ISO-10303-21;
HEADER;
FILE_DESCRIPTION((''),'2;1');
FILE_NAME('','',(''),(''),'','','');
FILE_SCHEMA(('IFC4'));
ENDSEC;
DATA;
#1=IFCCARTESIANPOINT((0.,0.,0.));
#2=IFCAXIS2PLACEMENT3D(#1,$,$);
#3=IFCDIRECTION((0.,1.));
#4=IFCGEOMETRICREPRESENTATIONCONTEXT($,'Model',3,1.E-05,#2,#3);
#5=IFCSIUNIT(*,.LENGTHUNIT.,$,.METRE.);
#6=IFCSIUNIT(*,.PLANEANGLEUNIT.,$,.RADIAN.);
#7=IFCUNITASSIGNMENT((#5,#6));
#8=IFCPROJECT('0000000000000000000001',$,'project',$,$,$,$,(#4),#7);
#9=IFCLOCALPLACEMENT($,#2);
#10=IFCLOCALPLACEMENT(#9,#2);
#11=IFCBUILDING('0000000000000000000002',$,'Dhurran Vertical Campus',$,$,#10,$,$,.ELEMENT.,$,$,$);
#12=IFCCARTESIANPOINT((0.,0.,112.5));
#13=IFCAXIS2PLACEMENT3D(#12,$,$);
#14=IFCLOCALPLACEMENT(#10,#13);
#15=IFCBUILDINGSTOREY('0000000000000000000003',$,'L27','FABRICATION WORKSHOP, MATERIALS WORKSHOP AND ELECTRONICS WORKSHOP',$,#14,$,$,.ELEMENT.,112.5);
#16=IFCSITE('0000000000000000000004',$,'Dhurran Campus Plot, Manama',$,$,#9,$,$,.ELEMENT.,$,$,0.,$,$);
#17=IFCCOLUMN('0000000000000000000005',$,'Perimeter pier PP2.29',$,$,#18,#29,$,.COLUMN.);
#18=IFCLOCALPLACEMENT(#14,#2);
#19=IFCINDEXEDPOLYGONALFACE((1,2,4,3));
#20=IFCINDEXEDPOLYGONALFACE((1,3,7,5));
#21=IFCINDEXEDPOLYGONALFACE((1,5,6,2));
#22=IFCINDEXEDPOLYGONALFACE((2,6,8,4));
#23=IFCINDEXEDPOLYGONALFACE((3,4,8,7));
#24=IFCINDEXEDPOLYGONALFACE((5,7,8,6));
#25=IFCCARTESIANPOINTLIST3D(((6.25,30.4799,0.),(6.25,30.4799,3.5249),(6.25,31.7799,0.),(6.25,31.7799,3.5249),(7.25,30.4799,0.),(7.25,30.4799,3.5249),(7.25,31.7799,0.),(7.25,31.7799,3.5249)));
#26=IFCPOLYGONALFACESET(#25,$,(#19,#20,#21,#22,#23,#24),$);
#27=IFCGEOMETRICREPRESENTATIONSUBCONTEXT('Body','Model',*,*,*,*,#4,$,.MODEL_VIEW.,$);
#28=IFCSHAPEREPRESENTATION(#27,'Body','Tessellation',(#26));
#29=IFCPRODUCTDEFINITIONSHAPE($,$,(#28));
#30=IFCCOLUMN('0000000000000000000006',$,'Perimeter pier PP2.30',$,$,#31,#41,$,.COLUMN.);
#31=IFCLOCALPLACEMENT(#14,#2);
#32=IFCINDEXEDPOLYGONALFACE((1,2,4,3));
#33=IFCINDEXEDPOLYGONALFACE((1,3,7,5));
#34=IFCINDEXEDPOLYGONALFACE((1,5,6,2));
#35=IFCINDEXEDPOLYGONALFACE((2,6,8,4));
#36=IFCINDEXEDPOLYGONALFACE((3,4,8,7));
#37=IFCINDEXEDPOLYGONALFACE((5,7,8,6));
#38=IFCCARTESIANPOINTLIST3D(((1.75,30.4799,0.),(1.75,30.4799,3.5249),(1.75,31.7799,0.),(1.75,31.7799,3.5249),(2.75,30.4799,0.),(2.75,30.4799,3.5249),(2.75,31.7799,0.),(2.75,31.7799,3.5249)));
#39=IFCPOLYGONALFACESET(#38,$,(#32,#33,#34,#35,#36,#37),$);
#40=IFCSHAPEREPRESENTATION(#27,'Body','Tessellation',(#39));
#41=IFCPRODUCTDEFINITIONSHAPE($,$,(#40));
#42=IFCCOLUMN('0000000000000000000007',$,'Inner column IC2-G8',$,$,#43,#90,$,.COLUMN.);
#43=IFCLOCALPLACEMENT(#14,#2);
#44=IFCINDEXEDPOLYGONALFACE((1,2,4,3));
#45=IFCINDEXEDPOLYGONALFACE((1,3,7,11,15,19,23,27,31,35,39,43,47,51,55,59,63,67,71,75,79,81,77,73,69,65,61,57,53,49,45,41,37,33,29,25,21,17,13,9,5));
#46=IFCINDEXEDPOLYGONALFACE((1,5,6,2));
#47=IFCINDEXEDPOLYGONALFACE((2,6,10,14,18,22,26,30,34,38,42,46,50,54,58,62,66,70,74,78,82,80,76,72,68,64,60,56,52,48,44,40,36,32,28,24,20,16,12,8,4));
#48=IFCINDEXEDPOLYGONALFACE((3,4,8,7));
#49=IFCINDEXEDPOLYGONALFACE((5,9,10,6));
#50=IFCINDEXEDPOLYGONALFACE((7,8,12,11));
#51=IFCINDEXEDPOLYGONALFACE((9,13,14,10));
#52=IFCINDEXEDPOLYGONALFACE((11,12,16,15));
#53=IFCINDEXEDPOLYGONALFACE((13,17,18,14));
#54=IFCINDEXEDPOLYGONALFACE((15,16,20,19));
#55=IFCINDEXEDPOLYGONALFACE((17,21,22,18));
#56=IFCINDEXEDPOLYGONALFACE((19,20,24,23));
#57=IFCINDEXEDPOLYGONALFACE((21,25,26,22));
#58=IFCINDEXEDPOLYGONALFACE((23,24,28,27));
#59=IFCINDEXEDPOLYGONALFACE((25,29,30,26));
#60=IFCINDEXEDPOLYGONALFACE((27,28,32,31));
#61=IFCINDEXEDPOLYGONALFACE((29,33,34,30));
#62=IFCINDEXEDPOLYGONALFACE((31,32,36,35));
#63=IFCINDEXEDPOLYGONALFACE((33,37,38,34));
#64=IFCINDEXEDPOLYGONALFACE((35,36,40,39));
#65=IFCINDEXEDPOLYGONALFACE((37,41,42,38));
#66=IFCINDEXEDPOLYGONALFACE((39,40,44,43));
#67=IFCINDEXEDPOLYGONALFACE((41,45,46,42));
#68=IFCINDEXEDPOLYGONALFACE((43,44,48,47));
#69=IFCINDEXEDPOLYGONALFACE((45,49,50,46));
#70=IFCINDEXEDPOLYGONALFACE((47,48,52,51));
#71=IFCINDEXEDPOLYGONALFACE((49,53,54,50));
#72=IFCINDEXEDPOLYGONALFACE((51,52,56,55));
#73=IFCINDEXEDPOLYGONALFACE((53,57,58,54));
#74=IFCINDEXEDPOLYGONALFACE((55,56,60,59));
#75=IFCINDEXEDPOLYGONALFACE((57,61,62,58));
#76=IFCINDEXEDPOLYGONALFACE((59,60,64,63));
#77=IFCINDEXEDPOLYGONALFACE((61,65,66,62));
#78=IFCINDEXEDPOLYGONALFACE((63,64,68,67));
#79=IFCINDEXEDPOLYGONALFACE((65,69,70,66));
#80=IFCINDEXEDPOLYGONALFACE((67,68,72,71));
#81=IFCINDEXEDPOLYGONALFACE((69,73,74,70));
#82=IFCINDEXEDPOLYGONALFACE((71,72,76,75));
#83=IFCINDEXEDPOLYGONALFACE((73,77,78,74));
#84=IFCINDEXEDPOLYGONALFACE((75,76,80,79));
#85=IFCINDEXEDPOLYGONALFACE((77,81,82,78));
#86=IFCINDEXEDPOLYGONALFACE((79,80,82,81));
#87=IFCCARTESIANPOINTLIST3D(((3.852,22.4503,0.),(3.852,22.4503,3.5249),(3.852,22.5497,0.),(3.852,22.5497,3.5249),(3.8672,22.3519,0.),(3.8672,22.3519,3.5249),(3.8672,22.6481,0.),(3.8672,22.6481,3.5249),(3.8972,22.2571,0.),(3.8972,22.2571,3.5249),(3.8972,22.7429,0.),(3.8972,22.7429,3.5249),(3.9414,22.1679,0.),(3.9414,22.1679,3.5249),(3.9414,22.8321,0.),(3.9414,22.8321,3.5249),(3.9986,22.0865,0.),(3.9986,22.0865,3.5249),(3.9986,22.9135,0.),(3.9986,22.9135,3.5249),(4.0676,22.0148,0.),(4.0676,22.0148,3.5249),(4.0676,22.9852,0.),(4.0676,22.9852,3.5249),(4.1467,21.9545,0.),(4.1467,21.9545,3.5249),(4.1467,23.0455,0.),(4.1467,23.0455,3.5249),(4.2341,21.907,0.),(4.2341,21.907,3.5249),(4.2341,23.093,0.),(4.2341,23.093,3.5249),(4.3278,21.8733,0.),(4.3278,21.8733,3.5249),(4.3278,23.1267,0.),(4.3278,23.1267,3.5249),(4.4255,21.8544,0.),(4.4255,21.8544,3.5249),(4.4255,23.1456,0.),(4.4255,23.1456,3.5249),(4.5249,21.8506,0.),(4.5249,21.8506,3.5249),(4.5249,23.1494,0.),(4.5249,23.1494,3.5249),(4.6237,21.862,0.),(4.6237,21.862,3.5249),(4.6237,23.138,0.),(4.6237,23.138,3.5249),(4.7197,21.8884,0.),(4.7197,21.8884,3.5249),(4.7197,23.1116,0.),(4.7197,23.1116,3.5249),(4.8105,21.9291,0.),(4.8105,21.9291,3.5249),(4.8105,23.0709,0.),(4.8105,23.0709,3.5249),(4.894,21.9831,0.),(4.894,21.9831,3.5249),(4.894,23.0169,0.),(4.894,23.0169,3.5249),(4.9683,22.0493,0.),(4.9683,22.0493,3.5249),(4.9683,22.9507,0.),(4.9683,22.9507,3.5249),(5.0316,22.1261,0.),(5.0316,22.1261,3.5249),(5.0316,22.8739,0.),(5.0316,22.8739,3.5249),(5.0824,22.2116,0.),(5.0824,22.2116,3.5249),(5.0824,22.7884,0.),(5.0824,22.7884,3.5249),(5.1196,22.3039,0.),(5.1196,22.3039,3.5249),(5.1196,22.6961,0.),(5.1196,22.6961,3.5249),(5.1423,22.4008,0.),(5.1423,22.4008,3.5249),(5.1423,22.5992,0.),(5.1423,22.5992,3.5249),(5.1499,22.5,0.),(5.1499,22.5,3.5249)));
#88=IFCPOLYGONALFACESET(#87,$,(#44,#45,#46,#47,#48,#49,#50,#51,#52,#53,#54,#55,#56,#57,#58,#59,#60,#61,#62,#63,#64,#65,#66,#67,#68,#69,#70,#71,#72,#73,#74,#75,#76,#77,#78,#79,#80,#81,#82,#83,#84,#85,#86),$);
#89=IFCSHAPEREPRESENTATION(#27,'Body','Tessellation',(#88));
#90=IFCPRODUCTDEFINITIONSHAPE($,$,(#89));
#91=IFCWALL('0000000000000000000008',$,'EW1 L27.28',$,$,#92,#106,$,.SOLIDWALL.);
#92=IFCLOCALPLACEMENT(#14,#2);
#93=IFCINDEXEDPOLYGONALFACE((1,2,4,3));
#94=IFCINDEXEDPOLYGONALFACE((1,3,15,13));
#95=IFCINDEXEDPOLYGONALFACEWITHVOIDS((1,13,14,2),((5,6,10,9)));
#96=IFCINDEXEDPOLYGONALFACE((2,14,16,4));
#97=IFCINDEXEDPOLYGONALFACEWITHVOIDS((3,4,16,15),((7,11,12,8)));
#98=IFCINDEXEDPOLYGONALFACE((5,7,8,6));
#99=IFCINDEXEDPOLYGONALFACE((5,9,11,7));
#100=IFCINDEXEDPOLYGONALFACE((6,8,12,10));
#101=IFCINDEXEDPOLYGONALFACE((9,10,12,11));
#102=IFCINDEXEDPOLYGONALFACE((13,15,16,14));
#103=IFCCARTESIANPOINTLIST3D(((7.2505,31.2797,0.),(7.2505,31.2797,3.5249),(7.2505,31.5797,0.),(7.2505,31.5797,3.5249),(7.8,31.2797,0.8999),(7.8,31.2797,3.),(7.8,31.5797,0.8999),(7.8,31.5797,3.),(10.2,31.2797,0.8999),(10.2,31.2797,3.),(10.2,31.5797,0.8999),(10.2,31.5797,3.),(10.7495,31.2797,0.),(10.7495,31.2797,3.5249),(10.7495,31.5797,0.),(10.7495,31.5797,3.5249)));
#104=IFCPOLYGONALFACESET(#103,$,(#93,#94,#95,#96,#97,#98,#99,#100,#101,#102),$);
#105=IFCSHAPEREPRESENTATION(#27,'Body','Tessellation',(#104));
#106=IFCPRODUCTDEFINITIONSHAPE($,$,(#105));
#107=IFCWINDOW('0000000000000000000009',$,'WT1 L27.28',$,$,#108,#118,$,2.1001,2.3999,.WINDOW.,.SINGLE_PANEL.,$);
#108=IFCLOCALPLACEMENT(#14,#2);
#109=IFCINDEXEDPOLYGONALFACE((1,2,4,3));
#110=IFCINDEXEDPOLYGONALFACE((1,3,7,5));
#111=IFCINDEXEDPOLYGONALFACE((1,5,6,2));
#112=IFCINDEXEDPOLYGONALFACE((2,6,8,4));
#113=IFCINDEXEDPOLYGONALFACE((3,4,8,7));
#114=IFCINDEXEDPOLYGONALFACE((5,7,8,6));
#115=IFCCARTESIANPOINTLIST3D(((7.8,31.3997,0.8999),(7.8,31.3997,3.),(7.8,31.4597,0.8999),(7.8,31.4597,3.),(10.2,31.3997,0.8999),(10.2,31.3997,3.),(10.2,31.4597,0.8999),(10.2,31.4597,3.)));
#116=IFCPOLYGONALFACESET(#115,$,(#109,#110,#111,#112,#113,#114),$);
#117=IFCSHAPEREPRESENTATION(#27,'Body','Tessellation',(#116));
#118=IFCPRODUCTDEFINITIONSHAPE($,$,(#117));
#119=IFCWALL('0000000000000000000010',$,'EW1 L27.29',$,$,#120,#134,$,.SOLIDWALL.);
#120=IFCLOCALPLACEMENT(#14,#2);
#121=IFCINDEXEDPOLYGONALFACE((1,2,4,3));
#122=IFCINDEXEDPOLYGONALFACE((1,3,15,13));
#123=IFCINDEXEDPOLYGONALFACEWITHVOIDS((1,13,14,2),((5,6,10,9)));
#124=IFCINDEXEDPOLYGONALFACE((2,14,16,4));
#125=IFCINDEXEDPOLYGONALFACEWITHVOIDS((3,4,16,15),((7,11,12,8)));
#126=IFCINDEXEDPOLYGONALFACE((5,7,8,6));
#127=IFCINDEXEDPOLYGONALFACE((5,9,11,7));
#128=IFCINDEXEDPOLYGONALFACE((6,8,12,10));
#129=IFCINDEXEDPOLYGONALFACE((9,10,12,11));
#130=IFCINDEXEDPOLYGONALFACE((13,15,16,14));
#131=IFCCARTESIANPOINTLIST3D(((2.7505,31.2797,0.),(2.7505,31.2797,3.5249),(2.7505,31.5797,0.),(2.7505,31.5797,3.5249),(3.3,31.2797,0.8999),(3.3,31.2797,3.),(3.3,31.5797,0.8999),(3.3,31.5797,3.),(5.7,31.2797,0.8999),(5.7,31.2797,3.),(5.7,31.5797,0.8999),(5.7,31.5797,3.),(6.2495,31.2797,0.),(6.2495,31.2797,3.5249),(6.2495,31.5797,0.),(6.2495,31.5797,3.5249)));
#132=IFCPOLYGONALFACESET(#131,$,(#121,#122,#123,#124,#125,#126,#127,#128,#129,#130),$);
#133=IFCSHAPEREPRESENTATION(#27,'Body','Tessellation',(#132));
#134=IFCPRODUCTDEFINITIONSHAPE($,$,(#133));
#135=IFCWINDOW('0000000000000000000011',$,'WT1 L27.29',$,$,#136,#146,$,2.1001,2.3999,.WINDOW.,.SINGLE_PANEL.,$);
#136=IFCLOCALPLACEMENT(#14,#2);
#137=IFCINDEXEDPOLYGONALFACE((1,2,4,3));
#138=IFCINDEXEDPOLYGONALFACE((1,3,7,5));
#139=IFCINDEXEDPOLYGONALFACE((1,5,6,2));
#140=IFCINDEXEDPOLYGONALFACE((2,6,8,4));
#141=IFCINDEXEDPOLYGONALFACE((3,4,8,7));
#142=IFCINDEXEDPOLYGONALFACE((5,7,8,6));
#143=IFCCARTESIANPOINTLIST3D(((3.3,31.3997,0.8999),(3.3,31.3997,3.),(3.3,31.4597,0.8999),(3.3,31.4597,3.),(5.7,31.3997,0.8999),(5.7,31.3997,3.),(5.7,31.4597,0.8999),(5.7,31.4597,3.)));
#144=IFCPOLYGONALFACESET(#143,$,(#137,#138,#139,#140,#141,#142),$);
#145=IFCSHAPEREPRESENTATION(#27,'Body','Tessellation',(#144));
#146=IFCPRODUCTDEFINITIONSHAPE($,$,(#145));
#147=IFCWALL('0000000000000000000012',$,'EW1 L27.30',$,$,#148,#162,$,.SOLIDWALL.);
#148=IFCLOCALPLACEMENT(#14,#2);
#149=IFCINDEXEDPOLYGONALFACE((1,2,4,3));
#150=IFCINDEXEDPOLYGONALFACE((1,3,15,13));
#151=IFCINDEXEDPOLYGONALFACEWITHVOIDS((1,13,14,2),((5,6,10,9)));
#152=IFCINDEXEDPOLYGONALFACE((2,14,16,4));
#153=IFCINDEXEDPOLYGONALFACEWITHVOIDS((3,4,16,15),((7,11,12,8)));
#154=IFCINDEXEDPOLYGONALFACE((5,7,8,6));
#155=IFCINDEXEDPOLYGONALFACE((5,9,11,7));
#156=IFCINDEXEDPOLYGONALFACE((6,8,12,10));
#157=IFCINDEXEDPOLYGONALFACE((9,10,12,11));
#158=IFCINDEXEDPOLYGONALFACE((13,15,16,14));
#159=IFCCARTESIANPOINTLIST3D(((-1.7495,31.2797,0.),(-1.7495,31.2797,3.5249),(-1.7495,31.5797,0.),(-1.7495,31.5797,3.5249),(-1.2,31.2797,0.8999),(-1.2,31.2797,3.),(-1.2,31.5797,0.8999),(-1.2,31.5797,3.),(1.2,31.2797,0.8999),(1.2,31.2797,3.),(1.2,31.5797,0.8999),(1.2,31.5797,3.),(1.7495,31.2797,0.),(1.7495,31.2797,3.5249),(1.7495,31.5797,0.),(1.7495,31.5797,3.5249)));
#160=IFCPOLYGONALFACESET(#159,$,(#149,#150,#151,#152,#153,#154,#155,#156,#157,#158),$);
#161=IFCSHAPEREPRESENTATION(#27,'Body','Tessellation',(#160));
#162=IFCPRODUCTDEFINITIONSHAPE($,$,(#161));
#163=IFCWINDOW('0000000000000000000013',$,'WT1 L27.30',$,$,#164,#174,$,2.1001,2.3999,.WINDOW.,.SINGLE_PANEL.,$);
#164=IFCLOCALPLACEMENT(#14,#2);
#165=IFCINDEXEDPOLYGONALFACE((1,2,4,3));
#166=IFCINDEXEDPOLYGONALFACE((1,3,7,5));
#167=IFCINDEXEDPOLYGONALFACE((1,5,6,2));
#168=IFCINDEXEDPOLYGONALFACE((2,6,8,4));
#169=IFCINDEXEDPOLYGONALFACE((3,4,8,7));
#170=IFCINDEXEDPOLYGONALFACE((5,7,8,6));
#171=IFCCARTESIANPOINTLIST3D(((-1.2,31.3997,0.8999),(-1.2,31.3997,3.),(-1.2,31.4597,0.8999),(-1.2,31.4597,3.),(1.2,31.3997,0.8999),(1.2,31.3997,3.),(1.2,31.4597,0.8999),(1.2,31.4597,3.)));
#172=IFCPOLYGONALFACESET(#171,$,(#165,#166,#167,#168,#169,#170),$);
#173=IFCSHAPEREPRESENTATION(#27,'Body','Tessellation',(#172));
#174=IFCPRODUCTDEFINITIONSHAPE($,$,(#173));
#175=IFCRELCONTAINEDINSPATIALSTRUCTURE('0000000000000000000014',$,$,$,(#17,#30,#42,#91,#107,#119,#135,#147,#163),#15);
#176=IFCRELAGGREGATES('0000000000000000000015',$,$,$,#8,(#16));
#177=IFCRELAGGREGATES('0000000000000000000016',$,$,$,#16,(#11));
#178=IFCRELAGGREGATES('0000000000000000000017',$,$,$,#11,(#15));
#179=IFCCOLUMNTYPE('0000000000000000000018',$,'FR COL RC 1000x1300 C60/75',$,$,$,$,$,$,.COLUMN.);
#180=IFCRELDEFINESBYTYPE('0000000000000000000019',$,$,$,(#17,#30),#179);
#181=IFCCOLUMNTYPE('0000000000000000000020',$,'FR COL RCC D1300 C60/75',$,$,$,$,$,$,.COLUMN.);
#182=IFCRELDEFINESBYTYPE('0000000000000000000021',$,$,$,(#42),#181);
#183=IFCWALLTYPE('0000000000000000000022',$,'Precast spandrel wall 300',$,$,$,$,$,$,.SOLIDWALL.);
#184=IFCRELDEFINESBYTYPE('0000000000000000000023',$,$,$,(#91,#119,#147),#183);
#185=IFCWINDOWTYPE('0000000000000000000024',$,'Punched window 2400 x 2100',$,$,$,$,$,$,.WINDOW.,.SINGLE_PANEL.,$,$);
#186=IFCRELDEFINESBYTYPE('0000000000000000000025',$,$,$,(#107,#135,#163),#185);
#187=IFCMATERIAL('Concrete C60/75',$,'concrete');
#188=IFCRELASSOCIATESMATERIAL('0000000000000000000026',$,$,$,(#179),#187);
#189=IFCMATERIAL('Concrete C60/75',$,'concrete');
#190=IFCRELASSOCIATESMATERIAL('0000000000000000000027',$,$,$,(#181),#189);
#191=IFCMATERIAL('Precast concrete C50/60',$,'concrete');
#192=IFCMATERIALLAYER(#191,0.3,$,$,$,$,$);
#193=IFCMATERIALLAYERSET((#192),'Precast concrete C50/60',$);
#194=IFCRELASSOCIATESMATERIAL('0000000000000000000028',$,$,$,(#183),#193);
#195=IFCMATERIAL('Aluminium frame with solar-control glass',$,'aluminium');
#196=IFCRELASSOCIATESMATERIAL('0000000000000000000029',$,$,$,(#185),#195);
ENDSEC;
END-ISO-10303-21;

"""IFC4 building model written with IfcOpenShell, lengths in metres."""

from ifc_helpers import new_model, si_unit, direction, frame, frame_2d, origin, origin_2d, place, context, subcontext, project, spatial, rectangle, circle, extrude, material, layer, layer_set, material_profile, profile_set, type_object, element, fill, save


model = new_model("IFC4")

# Units and contexts
model_context = context("Model", 3, precision=1e-05, world=origin(), true_north=direction((0.0, 1.0)))
body_context = subcontext(model_context, "Body", "Model", "MODEL_VIEW")
ifc_project = project(units=[si_unit("LENGTHUNIT", "METRE"), si_unit("PLANEANGLEUNIT", "RADIAN")], contexts=[model_context])

# Site, building, storey
site_placement = place(None, origin())
site = spatial("IfcSite", under=ifc_project, at=site_placement, Name="Dhurran Campus Plot, Manama", CompositionType="ELEMENT", RefElevation=0.0)
building_placement = place(site_placement, origin())
building = spatial("IfcBuilding", under=site, at=building_placement, Name="Dhurran Vertical Campus", CompositionType="ELEMENT")
storey_placement = place(building_placement, frame((0.0, 0.0, 112.5)))
storey = spatial("IfcBuildingStorey", under=building, at=storey_placement, Name="L27", Description="FABRICATION WORKSHOP, MATERIALS WORKSHOP AND ELECTRONICS WORKSHOP", CompositionType="ELEMENT", Elevation=112.5)

# Columns
ifc_material_1 = material(Name="Concrete C60/75", Category="concrete")
ifc_material_profile_1 = material_profile(ifc_material_1, rectangle(XDim=1.0, YDim=1.3, at=origin_2d()), Name="RC 1000x1300")
ifc_profile_set_1 = profile_set([ifc_material_profile_1], Name="Concrete C60/75")
column_type_1 = type_object("IfcColumnType", Name="FR COL RC 1000x1300 C60/75", PredefinedType="COLUMN", material=ifc_profile_set_1)
for number, where, z_axis, x_axis, name in (
    (1, (6.75, 31.1299, 0.0), (0.0, 0.0, 1.0), (-1.0, 0.0, 0.0), "Perimeter pier PP2.29"),
    (2, (2.25, 31.1299, 0.0), (0.0, 0.0, 1.0), (-1.0, 0.0, 0.0), "Perimeter pier PP2.30"),
):
    element("IfcColumn", number, at=place(storey_placement, frame(where, z_axis=z_axis, x_axis=x_axis)), inside=storey, type_object=column_type_1, Name=name, PredefinedType="COLUMN", context=body_context, shape_type="SweptSolid", body=[
        extrude(rectangle(XDim=1.0, YDim=1.3, at=origin_2d()), origin(), (0.0, 0.0, 1.0), 3.5249),
    ])
ifc_material_2 = material(Name="Concrete C60/75", Category="concrete")
ifc_material_profile_2 = material_profile(ifc_material_2, circle(Radius=0.6499, at=origin_2d()), Name="RCC D1300")
ifc_profile_set_2 = profile_set([ifc_material_profile_2], Name="Concrete C60/75")
column_type_2 = type_object("IfcColumnType", Name="FR COL RCC D1300 C60/75", PredefinedType="COLUMN", material=ifc_profile_set_2)
column_placement = place(storey_placement, frame((4.5, 22.5, 0.0), z_axis=(0.0, 0.0, 1.0), x_axis=(1.0, 0.0, 0.0)))
element("IfcColumn", 3, at=column_placement, inside=storey, type_object=column_type_2, Name="Inner column IC2-G8", PredefinedType="COLUMN", context=body_context, shape_type="SweptSolid", body=[
    extrude(circle(Radius=0.6499, at=origin_2d()), origin(), (0.0, 0.0, 1.0), 3.5249),
])

# Walls, openings, windows
ifc_material_3 = material(Name="Precast concrete C50/60", Category="concrete")
ifc_layer_1 = layer(ifc_material_3, 0.3)
ifc_layer_set_1 = layer_set([ifc_layer_1], Name="Precast concrete C50/60")
wall_type_1 = type_object("IfcWallType", Name="Precast spandrel wall 300", PredefinedType="SOLIDWALL", material=ifc_layer_set_1)
wall_1_placement = place(storey_placement, frame((10.7495, 31.4297, 0.0), z_axis=(0.0, 0.0, 1.0), x_axis=(-1.0, 0.0, 0.0)))
wall_1 = element("IfcWall", 4, at=wall_1_placement, inside=storey, type_object=wall_type_1, Name="EW1 L27.28", PredefinedType="SOLIDWALL", context=body_context, shape_type="SweptSolid", body=[
    extrude(rectangle(XDim=3.499, YDim=0.3, at=frame_2d((1.7495, 0.0))), origin(), (0.0, 0.0, 1.0), 3.5249),
])
opening_1_placement = place(wall_1_placement, frame((0.5496, 0.0, 0.8999)))
opening_1 = element("IfcOpeningElement", 5, at=opening_1_placement, cuts=wall_1, PredefinedType="OPENING", context=body_context, shape_type="SweptSolid", body=[
    extrude(rectangle(XDim=2.3999, YDim=2.1001, at=frame_2d((1.2, 1.05))), frame((0.0, 0.1599, 0.0), z_axis=(0.0, -1.0, 0.0), x_axis=(1.0, 0.0, 0.0)), (0.0, 0.0, 1.0), 0.3201),
])
ifc_material_4 = material(Name="Aluminium frame with solar-control glass", Category="aluminium")
window_type = type_object("IfcWindowType", Name="Punched window 2400 x 2100", PartitioningType="SINGLE_PANEL", PredefinedType="WINDOW", material=ifc_material_4)
window_1_placement = place(opening_1_placement, origin())
window_1 = element("IfcWindow", 6, at=window_1_placement, inside=storey, type_object=window_type, Name="WT1 L27.28", OverallHeight=2.1001, OverallWidth=2.3999, PartitioningType="SINGLE_PANEL", PredefinedType="WINDOW", context=body_context, shape_type="SweptSolid", body=[
    extrude(rectangle(XDim=2.3999, YDim=2.1001, at=frame_2d((1.2, 1.05))), frame((0.0, 0.03, 0.0), z_axis=(0.0, -1.0, 0.0), x_axis=(1.0, 0.0, 0.0)), (0.0, 0.0, 1.0), 0.0601),
])
fill(opening_1, window_1)
wall_2_placement = place(storey_placement, frame((6.2495, 31.4297, 0.0), z_axis=(0.0, 0.0, 1.0), x_axis=(-1.0, 0.0, 0.0)))
wall_2 = element("IfcWall", 7, at=wall_2_placement, inside=storey, type_object=wall_type_1, Name="EW1 L27.29", PredefinedType="SOLIDWALL", context=body_context, shape_type="SweptSolid", body=[
    extrude(rectangle(XDim=3.499, YDim=0.3, at=frame_2d((1.7495, 0.0))), origin(), (0.0, 0.0, 1.0), 3.5249),
])
opening_2_placement = place(wall_2_placement, frame((0.5496, 0.0, 0.8999)))
opening_2 = element("IfcOpeningElement", 8, at=opening_2_placement, cuts=wall_2, PredefinedType="OPENING", context=body_context, shape_type="SweptSolid", body=[
    extrude(rectangle(XDim=2.3999, YDim=2.1001, at=frame_2d((1.2, 1.05))), frame((0.0, 0.1599, 0.0), z_axis=(0.0, -1.0, 0.0), x_axis=(1.0, 0.0, 0.0)), (0.0, 0.0, 1.0), 0.3201),
])
window_2_placement = place(opening_2_placement, origin())
window_2 = element("IfcWindow", 9, at=window_2_placement, inside=storey, type_object=window_type, Name="WT1 L27.29", OverallHeight=2.1001, OverallWidth=2.3999, PartitioningType="SINGLE_PANEL", PredefinedType="WINDOW", context=body_context, shape_type="SweptSolid", body=[
    extrude(rectangle(XDim=2.3999, YDim=2.1001, at=frame_2d((1.2, 1.05))), frame((0.0, 0.03, 0.0), z_axis=(0.0, -1.0, 0.0), x_axis=(1.0, 0.0, 0.0)), (0.0, 0.0, 1.0), 0.0601),
])
fill(opening_2, window_2)
wall_3_placement = place(storey_placement, frame((1.7495, 31.4297, 0.0), z_axis=(0.0, 0.0, 1.0), x_axis=(-1.0, 0.0, 0.0)))
wall_3 = element("IfcWall", 10, at=wall_3_placement, inside=storey, type_object=wall_type_1, Name="EW1 L27.30", PredefinedType="SOLIDWALL", context=body_context, shape_type="SweptSolid", body=[
    extrude(rectangle(XDim=3.499, YDim=0.3, at=frame_2d((1.7495, 0.0))), origin(), (0.0, 0.0, 1.0), 3.5249),
])
opening_3_placement = place(wall_3_placement, frame((0.5496, 0.0, 0.8999)))
opening_3 = element("IfcOpeningElement", 11, at=opening_3_placement, cuts=wall_3, PredefinedType="OPENING", context=body_context, shape_type="SweptSolid", body=[
    extrude(rectangle(XDim=2.3999, YDim=2.1001, at=frame_2d((1.2, 1.05))), frame((0.0, 0.1599, 0.0), z_axis=(0.0, -1.0, 0.0), x_axis=(1.0, 0.0, 0.0)), (0.0, 0.0, 1.0), 0.3201),
])
window_3_placement = place(opening_3_placement, origin())
window_3 = element("IfcWindow", 12, at=window_3_placement, inside=storey, type_object=window_type, Name="WT1 L27.30", OverallHeight=2.1001, OverallWidth=2.3999, PartitioningType="SINGLE_PANEL", PredefinedType="WINDOW", context=body_context, shape_type="SweptSolid", body=[
    extrude(rectangle(XDim=2.3999, YDim=2.1001, at=frame_2d((1.2, 1.05))), frame((0.0, 0.03, 0.0), z_axis=(0.0, -1.0, 0.0), x_axis=(1.0, 0.0, 0.0)), (0.0, 0.0, 1.0), 0.0601),
])
fill(opening_3, window_3)

save(model, "model.ifc")
